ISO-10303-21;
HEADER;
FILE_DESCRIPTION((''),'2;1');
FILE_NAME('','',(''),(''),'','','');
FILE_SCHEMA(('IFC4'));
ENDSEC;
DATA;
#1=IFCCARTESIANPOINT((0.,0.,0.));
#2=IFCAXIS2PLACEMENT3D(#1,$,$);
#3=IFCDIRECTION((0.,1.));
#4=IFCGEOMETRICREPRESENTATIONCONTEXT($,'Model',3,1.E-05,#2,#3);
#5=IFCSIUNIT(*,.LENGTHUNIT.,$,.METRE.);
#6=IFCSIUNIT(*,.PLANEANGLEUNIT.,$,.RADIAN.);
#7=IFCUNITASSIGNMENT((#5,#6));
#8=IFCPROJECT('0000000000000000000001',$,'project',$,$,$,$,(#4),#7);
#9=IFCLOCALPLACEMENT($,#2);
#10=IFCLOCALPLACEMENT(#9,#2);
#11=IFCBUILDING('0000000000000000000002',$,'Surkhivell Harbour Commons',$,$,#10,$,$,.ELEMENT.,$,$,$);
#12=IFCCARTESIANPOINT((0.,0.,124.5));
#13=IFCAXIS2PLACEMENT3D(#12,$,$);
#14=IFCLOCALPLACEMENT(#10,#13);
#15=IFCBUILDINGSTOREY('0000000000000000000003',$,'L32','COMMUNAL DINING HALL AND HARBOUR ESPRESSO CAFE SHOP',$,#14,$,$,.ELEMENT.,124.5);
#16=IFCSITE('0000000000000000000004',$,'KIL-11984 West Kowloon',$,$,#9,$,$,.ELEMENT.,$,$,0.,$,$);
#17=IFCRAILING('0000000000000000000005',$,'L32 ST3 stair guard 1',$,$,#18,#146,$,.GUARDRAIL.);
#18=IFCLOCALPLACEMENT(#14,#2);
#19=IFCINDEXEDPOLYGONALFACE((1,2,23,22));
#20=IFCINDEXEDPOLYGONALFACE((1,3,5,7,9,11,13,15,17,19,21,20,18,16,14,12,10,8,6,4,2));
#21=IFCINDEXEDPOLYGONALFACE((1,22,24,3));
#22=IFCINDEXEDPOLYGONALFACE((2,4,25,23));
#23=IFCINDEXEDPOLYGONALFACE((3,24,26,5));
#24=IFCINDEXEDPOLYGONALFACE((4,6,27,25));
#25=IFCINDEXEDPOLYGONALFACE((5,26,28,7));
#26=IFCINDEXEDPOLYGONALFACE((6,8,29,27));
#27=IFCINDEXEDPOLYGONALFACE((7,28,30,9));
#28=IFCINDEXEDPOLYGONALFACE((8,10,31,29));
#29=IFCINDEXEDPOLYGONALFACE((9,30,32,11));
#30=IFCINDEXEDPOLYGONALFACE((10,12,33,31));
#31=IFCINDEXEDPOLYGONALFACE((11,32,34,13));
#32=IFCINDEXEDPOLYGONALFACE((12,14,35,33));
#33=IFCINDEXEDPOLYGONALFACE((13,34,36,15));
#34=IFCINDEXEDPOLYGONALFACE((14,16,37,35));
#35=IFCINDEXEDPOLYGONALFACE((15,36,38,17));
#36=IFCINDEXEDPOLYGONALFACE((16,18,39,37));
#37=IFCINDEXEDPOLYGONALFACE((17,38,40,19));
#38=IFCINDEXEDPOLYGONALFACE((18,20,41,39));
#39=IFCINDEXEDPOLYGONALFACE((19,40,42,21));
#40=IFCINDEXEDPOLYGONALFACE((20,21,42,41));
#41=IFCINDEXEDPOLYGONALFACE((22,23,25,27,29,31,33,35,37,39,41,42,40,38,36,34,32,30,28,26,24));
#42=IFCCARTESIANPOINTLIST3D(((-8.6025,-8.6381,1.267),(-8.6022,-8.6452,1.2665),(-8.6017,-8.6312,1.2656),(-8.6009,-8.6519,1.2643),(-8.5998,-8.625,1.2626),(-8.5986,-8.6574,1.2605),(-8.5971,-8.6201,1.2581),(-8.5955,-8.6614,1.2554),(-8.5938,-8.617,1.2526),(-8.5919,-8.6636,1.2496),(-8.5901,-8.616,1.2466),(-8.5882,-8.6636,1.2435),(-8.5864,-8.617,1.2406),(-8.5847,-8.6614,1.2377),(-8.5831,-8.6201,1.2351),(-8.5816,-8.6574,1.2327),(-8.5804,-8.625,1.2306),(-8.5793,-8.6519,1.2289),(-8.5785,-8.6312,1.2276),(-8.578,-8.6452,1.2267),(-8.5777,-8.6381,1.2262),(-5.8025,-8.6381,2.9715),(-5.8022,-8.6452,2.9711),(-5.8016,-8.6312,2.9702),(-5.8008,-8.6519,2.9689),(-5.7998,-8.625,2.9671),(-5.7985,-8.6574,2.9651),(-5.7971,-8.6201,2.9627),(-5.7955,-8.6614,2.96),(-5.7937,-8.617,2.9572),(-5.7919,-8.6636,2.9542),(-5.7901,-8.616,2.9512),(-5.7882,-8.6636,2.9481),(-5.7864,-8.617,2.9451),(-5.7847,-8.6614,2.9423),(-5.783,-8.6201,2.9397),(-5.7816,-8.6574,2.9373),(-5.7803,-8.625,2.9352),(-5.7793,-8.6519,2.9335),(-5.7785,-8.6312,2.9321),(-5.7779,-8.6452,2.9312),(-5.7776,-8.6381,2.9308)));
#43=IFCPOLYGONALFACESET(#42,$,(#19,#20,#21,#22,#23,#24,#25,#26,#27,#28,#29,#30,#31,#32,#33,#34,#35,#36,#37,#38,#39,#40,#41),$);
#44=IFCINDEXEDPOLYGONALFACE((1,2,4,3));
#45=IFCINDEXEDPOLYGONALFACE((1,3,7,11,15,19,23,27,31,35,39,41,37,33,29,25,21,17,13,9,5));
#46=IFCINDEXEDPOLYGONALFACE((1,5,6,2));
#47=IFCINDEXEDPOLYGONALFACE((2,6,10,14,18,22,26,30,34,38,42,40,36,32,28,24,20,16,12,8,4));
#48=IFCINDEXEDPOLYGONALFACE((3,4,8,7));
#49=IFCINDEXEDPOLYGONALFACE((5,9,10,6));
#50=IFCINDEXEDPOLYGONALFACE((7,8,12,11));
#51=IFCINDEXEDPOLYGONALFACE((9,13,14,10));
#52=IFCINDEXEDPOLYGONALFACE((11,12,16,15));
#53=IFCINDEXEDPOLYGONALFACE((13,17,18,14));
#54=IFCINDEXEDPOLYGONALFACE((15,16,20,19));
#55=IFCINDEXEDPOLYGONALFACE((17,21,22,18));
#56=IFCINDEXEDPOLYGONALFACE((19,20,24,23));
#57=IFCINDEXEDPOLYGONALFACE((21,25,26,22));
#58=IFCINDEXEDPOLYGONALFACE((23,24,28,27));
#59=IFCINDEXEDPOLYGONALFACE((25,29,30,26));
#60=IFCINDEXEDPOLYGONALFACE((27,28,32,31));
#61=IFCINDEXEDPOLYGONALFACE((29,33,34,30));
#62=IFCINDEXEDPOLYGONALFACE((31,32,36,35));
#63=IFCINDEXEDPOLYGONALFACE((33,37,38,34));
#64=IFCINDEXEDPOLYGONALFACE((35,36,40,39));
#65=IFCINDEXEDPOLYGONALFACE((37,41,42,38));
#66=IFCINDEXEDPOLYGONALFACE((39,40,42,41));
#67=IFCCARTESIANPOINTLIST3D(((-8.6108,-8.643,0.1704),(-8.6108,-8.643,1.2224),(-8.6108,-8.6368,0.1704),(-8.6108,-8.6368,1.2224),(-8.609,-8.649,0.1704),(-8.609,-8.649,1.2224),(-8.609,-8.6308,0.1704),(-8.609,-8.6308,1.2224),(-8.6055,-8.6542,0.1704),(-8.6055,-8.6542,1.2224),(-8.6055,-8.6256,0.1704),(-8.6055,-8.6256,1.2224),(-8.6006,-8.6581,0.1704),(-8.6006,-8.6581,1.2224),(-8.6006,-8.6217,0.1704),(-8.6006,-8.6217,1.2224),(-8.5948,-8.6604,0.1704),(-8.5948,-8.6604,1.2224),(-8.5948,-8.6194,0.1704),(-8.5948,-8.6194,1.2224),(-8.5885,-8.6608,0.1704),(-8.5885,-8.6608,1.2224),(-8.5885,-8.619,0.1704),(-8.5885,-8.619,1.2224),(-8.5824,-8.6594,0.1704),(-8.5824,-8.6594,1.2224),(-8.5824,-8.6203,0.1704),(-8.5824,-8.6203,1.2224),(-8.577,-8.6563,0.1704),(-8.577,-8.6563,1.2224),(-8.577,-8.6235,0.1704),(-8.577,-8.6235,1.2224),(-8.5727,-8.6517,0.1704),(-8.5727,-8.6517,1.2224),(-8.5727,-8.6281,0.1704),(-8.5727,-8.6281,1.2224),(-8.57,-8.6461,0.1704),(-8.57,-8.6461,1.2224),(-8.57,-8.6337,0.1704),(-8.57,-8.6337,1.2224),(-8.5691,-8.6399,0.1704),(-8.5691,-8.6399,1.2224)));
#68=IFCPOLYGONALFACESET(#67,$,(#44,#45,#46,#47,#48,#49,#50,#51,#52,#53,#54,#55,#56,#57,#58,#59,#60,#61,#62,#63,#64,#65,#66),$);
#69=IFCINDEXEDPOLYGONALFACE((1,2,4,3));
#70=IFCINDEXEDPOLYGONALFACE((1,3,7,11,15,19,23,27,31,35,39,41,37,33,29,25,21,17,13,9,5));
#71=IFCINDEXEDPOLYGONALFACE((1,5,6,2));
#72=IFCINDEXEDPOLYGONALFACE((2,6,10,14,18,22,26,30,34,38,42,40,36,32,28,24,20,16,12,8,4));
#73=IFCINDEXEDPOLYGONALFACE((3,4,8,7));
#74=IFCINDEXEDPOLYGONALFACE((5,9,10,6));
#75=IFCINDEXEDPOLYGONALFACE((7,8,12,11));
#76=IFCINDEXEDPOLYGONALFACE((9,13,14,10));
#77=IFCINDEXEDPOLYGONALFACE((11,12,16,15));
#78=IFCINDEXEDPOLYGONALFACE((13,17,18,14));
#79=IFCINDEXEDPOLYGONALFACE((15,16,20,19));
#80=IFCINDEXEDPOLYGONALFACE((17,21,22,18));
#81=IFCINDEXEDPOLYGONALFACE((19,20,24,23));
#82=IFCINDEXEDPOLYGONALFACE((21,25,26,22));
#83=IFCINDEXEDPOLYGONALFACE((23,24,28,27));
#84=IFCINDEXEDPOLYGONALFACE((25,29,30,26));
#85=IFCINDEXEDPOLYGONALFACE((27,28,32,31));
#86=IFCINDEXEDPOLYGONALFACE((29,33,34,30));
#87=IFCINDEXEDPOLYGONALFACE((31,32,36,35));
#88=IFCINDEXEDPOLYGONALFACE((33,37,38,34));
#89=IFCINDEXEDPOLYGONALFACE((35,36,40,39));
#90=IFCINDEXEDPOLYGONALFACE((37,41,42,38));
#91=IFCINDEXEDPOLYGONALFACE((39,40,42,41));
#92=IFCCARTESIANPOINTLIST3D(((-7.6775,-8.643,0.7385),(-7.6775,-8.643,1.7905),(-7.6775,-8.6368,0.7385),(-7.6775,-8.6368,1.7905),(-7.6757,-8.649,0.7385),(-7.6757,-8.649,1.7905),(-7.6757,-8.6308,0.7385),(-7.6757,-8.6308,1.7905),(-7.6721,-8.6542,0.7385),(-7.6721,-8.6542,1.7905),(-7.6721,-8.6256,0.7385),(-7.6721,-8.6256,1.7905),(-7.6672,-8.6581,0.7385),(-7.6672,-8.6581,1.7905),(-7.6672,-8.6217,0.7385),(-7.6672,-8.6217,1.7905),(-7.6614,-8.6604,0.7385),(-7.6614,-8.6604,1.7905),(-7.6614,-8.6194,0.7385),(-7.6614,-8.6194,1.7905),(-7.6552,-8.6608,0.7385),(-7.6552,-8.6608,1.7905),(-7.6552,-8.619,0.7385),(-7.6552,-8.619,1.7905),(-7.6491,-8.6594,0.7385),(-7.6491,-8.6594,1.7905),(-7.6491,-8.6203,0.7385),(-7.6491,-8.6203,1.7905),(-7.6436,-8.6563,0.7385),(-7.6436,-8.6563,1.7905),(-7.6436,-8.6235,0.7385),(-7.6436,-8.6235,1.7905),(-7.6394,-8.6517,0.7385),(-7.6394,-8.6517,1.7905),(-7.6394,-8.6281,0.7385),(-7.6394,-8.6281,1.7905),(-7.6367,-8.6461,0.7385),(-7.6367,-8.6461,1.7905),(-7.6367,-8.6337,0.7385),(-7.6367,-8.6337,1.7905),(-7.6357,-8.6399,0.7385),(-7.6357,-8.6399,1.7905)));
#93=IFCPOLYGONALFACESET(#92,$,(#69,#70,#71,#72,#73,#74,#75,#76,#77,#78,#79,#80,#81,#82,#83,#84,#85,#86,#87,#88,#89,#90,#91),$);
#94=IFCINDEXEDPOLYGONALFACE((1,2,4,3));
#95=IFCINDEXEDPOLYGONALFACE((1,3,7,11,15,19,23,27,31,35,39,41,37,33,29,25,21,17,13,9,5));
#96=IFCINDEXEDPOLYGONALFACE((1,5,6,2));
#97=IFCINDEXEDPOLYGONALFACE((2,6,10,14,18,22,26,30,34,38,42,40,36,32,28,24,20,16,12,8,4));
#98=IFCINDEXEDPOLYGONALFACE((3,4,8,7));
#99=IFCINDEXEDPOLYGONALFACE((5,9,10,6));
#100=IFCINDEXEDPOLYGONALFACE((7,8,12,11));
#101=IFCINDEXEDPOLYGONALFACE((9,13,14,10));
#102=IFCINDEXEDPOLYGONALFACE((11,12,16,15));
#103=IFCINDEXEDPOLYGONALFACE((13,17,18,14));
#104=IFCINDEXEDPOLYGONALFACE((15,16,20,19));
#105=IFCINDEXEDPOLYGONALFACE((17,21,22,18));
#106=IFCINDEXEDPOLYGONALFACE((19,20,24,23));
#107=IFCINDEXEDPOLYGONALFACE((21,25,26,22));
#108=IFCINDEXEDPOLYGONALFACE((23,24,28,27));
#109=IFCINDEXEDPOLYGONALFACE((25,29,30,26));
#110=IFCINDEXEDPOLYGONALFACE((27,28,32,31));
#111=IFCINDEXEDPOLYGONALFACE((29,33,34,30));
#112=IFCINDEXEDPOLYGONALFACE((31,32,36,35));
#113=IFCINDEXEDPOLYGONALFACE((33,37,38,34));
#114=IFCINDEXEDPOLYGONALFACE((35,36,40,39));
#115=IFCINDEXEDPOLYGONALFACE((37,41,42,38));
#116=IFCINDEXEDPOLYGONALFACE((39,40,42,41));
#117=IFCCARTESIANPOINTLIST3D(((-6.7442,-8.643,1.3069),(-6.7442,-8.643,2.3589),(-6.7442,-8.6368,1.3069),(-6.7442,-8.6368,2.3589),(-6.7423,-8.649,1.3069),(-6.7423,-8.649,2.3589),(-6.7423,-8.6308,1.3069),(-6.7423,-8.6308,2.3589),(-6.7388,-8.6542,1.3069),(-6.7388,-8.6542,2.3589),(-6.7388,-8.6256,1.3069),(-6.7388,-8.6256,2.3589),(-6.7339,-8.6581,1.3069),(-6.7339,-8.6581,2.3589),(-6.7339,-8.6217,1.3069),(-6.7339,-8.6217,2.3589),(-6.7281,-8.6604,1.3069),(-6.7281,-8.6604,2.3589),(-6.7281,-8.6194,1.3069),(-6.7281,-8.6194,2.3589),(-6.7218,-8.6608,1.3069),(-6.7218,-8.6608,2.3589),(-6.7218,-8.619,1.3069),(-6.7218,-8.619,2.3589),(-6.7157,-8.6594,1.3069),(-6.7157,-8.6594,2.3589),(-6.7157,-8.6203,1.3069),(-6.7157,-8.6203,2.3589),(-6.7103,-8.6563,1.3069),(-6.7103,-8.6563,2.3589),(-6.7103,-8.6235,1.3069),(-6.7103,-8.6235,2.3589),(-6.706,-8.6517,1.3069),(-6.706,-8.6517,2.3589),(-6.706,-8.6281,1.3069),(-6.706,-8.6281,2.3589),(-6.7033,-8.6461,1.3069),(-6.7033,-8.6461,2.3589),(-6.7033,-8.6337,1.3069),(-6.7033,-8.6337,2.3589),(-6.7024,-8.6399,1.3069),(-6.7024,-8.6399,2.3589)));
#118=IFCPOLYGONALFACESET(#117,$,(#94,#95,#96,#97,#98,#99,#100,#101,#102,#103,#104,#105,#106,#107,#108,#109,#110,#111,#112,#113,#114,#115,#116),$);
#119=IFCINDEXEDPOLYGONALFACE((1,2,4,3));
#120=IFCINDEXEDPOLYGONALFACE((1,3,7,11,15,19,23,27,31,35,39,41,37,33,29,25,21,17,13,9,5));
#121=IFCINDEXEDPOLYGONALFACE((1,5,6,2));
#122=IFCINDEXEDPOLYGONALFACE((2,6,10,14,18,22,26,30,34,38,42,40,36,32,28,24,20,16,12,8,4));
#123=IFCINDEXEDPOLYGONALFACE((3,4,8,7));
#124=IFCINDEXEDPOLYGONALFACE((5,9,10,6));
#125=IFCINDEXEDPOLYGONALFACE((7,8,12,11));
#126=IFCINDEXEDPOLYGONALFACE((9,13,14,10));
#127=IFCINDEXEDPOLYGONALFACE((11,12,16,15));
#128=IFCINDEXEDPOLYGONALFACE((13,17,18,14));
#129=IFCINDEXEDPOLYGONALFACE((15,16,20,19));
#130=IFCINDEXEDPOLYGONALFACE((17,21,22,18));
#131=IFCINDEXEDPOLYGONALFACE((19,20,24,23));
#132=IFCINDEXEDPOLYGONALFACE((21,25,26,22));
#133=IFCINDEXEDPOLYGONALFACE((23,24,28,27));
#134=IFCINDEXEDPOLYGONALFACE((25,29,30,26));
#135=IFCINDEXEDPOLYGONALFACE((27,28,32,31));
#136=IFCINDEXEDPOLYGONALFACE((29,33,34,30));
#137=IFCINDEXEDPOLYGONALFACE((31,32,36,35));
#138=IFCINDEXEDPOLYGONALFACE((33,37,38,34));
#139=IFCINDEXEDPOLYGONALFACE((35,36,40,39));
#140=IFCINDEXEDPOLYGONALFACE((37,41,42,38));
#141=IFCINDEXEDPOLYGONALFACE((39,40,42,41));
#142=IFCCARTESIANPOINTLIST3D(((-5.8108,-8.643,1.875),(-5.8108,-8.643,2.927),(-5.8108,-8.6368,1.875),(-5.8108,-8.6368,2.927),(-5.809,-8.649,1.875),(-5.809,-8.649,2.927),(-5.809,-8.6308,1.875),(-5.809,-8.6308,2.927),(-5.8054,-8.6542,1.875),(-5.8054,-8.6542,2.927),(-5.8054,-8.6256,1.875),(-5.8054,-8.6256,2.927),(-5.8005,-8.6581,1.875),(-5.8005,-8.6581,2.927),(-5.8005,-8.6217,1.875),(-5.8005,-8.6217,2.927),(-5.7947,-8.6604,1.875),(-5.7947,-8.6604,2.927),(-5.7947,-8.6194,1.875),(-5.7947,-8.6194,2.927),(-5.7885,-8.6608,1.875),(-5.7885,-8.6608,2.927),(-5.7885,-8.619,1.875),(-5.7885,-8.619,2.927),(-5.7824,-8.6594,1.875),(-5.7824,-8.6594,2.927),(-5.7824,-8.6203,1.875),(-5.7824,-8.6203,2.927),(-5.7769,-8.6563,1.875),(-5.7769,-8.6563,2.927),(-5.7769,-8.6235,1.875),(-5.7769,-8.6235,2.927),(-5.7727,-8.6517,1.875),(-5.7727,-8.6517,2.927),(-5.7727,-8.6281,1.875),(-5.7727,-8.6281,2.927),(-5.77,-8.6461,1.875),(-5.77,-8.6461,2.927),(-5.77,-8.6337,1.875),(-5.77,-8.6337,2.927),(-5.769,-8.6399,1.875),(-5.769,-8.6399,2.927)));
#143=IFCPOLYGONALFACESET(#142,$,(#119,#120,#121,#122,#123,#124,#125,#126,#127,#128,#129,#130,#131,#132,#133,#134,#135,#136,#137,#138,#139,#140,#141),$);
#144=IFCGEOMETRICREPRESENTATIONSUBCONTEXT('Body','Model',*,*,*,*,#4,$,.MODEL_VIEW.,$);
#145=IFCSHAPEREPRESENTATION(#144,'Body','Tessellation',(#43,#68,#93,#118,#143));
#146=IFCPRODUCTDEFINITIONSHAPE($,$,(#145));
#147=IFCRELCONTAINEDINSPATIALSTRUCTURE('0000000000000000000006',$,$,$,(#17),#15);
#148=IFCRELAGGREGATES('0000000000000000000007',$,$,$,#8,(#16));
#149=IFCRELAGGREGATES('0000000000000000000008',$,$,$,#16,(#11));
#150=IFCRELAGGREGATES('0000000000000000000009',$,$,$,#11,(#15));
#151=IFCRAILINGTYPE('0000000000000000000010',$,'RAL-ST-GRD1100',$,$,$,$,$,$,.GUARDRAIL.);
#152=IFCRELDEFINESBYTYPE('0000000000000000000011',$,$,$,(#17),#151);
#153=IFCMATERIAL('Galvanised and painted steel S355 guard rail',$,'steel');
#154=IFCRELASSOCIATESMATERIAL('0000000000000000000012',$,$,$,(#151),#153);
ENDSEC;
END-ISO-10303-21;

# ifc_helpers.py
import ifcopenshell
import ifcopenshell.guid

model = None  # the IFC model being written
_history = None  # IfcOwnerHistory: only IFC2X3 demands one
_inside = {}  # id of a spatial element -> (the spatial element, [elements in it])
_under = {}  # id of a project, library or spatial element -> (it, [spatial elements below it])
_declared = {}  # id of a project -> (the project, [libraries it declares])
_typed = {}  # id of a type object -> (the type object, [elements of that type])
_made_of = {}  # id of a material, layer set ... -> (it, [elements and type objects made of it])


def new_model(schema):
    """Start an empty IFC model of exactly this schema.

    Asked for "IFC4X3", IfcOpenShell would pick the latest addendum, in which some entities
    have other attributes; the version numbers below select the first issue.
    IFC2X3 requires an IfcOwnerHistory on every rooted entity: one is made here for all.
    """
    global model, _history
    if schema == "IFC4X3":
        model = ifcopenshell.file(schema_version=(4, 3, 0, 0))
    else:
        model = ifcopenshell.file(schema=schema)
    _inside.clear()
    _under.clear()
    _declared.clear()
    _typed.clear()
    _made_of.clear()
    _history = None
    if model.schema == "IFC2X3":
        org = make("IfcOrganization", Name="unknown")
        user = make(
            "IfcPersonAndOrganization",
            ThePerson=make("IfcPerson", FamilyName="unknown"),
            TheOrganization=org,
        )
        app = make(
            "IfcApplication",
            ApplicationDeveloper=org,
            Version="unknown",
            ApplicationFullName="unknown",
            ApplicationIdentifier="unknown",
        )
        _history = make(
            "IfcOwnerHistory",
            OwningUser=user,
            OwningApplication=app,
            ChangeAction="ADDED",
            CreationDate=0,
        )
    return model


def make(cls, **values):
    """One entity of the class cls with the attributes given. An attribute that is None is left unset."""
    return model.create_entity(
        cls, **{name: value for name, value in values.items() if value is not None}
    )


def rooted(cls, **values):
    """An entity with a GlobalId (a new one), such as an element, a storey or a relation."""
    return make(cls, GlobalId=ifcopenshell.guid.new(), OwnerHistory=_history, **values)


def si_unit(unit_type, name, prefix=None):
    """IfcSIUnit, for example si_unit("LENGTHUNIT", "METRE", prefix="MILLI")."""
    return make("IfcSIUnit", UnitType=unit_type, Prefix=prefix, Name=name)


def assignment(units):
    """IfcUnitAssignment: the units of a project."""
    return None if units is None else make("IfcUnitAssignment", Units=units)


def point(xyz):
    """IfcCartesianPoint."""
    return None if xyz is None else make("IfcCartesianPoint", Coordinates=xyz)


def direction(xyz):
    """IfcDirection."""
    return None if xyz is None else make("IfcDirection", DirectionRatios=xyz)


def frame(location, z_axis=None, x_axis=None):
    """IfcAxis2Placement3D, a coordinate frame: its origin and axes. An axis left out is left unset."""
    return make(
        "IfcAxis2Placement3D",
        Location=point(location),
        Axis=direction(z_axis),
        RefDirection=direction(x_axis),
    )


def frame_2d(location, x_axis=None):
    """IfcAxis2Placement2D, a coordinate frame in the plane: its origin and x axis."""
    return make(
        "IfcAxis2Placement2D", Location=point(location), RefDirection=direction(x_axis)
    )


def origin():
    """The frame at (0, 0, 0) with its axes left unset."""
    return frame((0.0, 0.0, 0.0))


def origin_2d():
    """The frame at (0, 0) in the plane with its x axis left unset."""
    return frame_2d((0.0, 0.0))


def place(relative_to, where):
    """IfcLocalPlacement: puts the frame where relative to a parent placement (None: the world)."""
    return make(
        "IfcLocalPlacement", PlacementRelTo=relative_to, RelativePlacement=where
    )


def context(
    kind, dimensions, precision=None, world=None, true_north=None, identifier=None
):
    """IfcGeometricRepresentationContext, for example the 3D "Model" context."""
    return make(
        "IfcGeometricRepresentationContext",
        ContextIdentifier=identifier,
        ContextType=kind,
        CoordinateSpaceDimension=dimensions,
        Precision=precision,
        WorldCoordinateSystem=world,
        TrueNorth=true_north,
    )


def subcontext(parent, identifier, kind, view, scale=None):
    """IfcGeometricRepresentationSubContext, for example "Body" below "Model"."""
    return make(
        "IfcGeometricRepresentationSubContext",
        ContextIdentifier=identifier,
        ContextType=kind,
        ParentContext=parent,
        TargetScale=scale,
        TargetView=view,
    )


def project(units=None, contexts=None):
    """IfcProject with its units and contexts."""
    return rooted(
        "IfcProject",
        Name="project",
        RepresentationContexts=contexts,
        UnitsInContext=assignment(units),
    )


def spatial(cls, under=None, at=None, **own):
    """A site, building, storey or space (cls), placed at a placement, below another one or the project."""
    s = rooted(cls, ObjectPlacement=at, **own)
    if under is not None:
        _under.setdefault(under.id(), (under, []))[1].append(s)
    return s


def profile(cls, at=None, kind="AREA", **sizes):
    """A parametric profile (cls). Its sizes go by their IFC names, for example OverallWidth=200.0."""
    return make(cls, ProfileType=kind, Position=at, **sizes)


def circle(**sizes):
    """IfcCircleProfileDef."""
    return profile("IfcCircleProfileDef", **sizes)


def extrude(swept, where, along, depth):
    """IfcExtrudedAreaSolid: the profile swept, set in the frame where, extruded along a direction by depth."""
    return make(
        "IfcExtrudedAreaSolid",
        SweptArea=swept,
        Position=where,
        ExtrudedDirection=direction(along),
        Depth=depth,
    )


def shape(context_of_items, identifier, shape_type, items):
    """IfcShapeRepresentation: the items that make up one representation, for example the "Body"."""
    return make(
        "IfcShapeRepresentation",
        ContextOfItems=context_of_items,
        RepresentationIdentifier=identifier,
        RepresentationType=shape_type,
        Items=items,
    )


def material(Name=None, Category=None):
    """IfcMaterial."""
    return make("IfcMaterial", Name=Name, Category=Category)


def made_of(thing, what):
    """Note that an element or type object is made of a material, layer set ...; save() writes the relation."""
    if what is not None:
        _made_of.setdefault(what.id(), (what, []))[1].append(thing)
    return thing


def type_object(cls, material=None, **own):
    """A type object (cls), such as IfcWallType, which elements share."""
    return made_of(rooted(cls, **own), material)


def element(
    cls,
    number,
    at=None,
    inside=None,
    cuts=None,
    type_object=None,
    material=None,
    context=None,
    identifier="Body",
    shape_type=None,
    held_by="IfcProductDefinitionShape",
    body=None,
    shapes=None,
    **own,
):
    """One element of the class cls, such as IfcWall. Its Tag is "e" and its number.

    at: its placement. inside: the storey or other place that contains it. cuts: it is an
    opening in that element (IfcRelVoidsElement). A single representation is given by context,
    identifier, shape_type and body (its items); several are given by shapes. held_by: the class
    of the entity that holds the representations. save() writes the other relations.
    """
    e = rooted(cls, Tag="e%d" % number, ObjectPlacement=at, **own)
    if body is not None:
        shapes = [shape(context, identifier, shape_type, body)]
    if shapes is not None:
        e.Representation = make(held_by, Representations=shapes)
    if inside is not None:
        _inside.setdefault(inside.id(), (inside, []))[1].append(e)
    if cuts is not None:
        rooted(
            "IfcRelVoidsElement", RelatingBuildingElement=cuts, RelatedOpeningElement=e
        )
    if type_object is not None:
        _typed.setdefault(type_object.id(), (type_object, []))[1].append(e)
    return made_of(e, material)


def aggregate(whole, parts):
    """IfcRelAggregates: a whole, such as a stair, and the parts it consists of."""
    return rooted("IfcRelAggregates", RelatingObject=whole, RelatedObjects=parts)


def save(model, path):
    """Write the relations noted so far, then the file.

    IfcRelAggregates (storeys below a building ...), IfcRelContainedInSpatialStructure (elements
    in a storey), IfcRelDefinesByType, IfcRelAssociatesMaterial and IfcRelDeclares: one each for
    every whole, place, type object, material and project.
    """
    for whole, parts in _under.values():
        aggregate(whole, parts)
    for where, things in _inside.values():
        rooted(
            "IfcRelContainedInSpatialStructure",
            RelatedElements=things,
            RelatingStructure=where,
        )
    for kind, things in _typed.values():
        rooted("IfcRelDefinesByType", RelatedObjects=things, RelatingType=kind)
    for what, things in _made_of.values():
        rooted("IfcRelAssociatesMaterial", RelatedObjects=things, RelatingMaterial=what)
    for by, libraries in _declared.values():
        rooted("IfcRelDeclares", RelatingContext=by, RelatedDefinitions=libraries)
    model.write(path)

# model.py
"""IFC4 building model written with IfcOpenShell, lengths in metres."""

from ifc_helpers import new_model, si_unit, direction, frame, origin, origin_2d, place, context, subcontext, project, spatial, circle, extrude, material, type_object, element, save


model = new_model("IFC4")

# Units and contexts
model_context = context("Model", 3, precision=1e-05, world=origin(), true_north=direction((0.0, 1.0)))
body_context = subcontext(model_context, "Body", "Model", "MODEL_VIEW")
ifc_project = project(units=[si_unit("LENGTHUNIT", "METRE"), si_unit("PLANEANGLEUNIT", "RADIAN")], contexts=[model_context])

# Site, building, storey
site_placement = place(None, origin())
site = spatial("IfcSite", under=ifc_project, at=site_placement, Name="KIL-11984 West Kowloon", CompositionType="ELEMENT", RefElevation=0.0)
building_placement = place(site_placement, origin())
building = spatial("IfcBuilding", under=site, at=building_placement, Name="Surkhivell Harbour Commons", CompositionType="ELEMENT")
storey_placement = place(building_placement, frame((0.0, 0.0, 124.5)))
storey = spatial("IfcBuildingStorey", under=building, at=storey_placement, Name="L32", Description="COMMUNAL DINING HALL AND HARBOUR ESPRESSO CAFE SHOP", CompositionType="ELEMENT", Elevation=124.5)

# Railing
ifc_material_1 = material(Name="Galvanised and painted steel S355 guard rail", Category="steel")
railing_type_1 = type_object("IfcRailingType", Name="RAL-ST-GRD1100", PredefinedType="GUARDRAIL", material=ifc_material_1)
railing_1_placement = place(storey_placement, frame((-8.5901, -8.6399, 0.1704)))
element("IfcRailing", 1, at=railing_1_placement, inside=storey, type_object=railing_type_1, Name="L32 ST3 stair guard 1", PredefinedType="GUARDRAIL", context=body_context, shape_type="SweptSolid", body=[
    extrude(circle(Radius=0.0239, at=origin_2d()), frame((0.0, 0.0, 1.0762), z_axis=(0.85417, 0.0, 0.519994), x_axis=(0.0, 1.0, 0.0)), (0.0, 0.0, 1.0), 3.2781),
    extrude(circle(Radius=0.021, at=origin_2d()), origin(), (0.0, 0.0, 1.0), 1.052),
    extrude(circle(Radius=0.021, at=origin_2d()), frame((0.9333, 0.0, 0.5681)), (0.0, 0.0, 1.0), 1.052),
    extrude(circle(Radius=0.021, at=origin_2d()), frame((1.8667, 0.0, 1.1365)), (0.0, 0.0, 1.0), 1.052),
    extrude(circle(Radius=0.021, at=origin_2d()), frame((2.8, 0.0, 1.7046)), (0.0, 0.0, 1.0), 1.052),
])

save(model, "model.ifc")
